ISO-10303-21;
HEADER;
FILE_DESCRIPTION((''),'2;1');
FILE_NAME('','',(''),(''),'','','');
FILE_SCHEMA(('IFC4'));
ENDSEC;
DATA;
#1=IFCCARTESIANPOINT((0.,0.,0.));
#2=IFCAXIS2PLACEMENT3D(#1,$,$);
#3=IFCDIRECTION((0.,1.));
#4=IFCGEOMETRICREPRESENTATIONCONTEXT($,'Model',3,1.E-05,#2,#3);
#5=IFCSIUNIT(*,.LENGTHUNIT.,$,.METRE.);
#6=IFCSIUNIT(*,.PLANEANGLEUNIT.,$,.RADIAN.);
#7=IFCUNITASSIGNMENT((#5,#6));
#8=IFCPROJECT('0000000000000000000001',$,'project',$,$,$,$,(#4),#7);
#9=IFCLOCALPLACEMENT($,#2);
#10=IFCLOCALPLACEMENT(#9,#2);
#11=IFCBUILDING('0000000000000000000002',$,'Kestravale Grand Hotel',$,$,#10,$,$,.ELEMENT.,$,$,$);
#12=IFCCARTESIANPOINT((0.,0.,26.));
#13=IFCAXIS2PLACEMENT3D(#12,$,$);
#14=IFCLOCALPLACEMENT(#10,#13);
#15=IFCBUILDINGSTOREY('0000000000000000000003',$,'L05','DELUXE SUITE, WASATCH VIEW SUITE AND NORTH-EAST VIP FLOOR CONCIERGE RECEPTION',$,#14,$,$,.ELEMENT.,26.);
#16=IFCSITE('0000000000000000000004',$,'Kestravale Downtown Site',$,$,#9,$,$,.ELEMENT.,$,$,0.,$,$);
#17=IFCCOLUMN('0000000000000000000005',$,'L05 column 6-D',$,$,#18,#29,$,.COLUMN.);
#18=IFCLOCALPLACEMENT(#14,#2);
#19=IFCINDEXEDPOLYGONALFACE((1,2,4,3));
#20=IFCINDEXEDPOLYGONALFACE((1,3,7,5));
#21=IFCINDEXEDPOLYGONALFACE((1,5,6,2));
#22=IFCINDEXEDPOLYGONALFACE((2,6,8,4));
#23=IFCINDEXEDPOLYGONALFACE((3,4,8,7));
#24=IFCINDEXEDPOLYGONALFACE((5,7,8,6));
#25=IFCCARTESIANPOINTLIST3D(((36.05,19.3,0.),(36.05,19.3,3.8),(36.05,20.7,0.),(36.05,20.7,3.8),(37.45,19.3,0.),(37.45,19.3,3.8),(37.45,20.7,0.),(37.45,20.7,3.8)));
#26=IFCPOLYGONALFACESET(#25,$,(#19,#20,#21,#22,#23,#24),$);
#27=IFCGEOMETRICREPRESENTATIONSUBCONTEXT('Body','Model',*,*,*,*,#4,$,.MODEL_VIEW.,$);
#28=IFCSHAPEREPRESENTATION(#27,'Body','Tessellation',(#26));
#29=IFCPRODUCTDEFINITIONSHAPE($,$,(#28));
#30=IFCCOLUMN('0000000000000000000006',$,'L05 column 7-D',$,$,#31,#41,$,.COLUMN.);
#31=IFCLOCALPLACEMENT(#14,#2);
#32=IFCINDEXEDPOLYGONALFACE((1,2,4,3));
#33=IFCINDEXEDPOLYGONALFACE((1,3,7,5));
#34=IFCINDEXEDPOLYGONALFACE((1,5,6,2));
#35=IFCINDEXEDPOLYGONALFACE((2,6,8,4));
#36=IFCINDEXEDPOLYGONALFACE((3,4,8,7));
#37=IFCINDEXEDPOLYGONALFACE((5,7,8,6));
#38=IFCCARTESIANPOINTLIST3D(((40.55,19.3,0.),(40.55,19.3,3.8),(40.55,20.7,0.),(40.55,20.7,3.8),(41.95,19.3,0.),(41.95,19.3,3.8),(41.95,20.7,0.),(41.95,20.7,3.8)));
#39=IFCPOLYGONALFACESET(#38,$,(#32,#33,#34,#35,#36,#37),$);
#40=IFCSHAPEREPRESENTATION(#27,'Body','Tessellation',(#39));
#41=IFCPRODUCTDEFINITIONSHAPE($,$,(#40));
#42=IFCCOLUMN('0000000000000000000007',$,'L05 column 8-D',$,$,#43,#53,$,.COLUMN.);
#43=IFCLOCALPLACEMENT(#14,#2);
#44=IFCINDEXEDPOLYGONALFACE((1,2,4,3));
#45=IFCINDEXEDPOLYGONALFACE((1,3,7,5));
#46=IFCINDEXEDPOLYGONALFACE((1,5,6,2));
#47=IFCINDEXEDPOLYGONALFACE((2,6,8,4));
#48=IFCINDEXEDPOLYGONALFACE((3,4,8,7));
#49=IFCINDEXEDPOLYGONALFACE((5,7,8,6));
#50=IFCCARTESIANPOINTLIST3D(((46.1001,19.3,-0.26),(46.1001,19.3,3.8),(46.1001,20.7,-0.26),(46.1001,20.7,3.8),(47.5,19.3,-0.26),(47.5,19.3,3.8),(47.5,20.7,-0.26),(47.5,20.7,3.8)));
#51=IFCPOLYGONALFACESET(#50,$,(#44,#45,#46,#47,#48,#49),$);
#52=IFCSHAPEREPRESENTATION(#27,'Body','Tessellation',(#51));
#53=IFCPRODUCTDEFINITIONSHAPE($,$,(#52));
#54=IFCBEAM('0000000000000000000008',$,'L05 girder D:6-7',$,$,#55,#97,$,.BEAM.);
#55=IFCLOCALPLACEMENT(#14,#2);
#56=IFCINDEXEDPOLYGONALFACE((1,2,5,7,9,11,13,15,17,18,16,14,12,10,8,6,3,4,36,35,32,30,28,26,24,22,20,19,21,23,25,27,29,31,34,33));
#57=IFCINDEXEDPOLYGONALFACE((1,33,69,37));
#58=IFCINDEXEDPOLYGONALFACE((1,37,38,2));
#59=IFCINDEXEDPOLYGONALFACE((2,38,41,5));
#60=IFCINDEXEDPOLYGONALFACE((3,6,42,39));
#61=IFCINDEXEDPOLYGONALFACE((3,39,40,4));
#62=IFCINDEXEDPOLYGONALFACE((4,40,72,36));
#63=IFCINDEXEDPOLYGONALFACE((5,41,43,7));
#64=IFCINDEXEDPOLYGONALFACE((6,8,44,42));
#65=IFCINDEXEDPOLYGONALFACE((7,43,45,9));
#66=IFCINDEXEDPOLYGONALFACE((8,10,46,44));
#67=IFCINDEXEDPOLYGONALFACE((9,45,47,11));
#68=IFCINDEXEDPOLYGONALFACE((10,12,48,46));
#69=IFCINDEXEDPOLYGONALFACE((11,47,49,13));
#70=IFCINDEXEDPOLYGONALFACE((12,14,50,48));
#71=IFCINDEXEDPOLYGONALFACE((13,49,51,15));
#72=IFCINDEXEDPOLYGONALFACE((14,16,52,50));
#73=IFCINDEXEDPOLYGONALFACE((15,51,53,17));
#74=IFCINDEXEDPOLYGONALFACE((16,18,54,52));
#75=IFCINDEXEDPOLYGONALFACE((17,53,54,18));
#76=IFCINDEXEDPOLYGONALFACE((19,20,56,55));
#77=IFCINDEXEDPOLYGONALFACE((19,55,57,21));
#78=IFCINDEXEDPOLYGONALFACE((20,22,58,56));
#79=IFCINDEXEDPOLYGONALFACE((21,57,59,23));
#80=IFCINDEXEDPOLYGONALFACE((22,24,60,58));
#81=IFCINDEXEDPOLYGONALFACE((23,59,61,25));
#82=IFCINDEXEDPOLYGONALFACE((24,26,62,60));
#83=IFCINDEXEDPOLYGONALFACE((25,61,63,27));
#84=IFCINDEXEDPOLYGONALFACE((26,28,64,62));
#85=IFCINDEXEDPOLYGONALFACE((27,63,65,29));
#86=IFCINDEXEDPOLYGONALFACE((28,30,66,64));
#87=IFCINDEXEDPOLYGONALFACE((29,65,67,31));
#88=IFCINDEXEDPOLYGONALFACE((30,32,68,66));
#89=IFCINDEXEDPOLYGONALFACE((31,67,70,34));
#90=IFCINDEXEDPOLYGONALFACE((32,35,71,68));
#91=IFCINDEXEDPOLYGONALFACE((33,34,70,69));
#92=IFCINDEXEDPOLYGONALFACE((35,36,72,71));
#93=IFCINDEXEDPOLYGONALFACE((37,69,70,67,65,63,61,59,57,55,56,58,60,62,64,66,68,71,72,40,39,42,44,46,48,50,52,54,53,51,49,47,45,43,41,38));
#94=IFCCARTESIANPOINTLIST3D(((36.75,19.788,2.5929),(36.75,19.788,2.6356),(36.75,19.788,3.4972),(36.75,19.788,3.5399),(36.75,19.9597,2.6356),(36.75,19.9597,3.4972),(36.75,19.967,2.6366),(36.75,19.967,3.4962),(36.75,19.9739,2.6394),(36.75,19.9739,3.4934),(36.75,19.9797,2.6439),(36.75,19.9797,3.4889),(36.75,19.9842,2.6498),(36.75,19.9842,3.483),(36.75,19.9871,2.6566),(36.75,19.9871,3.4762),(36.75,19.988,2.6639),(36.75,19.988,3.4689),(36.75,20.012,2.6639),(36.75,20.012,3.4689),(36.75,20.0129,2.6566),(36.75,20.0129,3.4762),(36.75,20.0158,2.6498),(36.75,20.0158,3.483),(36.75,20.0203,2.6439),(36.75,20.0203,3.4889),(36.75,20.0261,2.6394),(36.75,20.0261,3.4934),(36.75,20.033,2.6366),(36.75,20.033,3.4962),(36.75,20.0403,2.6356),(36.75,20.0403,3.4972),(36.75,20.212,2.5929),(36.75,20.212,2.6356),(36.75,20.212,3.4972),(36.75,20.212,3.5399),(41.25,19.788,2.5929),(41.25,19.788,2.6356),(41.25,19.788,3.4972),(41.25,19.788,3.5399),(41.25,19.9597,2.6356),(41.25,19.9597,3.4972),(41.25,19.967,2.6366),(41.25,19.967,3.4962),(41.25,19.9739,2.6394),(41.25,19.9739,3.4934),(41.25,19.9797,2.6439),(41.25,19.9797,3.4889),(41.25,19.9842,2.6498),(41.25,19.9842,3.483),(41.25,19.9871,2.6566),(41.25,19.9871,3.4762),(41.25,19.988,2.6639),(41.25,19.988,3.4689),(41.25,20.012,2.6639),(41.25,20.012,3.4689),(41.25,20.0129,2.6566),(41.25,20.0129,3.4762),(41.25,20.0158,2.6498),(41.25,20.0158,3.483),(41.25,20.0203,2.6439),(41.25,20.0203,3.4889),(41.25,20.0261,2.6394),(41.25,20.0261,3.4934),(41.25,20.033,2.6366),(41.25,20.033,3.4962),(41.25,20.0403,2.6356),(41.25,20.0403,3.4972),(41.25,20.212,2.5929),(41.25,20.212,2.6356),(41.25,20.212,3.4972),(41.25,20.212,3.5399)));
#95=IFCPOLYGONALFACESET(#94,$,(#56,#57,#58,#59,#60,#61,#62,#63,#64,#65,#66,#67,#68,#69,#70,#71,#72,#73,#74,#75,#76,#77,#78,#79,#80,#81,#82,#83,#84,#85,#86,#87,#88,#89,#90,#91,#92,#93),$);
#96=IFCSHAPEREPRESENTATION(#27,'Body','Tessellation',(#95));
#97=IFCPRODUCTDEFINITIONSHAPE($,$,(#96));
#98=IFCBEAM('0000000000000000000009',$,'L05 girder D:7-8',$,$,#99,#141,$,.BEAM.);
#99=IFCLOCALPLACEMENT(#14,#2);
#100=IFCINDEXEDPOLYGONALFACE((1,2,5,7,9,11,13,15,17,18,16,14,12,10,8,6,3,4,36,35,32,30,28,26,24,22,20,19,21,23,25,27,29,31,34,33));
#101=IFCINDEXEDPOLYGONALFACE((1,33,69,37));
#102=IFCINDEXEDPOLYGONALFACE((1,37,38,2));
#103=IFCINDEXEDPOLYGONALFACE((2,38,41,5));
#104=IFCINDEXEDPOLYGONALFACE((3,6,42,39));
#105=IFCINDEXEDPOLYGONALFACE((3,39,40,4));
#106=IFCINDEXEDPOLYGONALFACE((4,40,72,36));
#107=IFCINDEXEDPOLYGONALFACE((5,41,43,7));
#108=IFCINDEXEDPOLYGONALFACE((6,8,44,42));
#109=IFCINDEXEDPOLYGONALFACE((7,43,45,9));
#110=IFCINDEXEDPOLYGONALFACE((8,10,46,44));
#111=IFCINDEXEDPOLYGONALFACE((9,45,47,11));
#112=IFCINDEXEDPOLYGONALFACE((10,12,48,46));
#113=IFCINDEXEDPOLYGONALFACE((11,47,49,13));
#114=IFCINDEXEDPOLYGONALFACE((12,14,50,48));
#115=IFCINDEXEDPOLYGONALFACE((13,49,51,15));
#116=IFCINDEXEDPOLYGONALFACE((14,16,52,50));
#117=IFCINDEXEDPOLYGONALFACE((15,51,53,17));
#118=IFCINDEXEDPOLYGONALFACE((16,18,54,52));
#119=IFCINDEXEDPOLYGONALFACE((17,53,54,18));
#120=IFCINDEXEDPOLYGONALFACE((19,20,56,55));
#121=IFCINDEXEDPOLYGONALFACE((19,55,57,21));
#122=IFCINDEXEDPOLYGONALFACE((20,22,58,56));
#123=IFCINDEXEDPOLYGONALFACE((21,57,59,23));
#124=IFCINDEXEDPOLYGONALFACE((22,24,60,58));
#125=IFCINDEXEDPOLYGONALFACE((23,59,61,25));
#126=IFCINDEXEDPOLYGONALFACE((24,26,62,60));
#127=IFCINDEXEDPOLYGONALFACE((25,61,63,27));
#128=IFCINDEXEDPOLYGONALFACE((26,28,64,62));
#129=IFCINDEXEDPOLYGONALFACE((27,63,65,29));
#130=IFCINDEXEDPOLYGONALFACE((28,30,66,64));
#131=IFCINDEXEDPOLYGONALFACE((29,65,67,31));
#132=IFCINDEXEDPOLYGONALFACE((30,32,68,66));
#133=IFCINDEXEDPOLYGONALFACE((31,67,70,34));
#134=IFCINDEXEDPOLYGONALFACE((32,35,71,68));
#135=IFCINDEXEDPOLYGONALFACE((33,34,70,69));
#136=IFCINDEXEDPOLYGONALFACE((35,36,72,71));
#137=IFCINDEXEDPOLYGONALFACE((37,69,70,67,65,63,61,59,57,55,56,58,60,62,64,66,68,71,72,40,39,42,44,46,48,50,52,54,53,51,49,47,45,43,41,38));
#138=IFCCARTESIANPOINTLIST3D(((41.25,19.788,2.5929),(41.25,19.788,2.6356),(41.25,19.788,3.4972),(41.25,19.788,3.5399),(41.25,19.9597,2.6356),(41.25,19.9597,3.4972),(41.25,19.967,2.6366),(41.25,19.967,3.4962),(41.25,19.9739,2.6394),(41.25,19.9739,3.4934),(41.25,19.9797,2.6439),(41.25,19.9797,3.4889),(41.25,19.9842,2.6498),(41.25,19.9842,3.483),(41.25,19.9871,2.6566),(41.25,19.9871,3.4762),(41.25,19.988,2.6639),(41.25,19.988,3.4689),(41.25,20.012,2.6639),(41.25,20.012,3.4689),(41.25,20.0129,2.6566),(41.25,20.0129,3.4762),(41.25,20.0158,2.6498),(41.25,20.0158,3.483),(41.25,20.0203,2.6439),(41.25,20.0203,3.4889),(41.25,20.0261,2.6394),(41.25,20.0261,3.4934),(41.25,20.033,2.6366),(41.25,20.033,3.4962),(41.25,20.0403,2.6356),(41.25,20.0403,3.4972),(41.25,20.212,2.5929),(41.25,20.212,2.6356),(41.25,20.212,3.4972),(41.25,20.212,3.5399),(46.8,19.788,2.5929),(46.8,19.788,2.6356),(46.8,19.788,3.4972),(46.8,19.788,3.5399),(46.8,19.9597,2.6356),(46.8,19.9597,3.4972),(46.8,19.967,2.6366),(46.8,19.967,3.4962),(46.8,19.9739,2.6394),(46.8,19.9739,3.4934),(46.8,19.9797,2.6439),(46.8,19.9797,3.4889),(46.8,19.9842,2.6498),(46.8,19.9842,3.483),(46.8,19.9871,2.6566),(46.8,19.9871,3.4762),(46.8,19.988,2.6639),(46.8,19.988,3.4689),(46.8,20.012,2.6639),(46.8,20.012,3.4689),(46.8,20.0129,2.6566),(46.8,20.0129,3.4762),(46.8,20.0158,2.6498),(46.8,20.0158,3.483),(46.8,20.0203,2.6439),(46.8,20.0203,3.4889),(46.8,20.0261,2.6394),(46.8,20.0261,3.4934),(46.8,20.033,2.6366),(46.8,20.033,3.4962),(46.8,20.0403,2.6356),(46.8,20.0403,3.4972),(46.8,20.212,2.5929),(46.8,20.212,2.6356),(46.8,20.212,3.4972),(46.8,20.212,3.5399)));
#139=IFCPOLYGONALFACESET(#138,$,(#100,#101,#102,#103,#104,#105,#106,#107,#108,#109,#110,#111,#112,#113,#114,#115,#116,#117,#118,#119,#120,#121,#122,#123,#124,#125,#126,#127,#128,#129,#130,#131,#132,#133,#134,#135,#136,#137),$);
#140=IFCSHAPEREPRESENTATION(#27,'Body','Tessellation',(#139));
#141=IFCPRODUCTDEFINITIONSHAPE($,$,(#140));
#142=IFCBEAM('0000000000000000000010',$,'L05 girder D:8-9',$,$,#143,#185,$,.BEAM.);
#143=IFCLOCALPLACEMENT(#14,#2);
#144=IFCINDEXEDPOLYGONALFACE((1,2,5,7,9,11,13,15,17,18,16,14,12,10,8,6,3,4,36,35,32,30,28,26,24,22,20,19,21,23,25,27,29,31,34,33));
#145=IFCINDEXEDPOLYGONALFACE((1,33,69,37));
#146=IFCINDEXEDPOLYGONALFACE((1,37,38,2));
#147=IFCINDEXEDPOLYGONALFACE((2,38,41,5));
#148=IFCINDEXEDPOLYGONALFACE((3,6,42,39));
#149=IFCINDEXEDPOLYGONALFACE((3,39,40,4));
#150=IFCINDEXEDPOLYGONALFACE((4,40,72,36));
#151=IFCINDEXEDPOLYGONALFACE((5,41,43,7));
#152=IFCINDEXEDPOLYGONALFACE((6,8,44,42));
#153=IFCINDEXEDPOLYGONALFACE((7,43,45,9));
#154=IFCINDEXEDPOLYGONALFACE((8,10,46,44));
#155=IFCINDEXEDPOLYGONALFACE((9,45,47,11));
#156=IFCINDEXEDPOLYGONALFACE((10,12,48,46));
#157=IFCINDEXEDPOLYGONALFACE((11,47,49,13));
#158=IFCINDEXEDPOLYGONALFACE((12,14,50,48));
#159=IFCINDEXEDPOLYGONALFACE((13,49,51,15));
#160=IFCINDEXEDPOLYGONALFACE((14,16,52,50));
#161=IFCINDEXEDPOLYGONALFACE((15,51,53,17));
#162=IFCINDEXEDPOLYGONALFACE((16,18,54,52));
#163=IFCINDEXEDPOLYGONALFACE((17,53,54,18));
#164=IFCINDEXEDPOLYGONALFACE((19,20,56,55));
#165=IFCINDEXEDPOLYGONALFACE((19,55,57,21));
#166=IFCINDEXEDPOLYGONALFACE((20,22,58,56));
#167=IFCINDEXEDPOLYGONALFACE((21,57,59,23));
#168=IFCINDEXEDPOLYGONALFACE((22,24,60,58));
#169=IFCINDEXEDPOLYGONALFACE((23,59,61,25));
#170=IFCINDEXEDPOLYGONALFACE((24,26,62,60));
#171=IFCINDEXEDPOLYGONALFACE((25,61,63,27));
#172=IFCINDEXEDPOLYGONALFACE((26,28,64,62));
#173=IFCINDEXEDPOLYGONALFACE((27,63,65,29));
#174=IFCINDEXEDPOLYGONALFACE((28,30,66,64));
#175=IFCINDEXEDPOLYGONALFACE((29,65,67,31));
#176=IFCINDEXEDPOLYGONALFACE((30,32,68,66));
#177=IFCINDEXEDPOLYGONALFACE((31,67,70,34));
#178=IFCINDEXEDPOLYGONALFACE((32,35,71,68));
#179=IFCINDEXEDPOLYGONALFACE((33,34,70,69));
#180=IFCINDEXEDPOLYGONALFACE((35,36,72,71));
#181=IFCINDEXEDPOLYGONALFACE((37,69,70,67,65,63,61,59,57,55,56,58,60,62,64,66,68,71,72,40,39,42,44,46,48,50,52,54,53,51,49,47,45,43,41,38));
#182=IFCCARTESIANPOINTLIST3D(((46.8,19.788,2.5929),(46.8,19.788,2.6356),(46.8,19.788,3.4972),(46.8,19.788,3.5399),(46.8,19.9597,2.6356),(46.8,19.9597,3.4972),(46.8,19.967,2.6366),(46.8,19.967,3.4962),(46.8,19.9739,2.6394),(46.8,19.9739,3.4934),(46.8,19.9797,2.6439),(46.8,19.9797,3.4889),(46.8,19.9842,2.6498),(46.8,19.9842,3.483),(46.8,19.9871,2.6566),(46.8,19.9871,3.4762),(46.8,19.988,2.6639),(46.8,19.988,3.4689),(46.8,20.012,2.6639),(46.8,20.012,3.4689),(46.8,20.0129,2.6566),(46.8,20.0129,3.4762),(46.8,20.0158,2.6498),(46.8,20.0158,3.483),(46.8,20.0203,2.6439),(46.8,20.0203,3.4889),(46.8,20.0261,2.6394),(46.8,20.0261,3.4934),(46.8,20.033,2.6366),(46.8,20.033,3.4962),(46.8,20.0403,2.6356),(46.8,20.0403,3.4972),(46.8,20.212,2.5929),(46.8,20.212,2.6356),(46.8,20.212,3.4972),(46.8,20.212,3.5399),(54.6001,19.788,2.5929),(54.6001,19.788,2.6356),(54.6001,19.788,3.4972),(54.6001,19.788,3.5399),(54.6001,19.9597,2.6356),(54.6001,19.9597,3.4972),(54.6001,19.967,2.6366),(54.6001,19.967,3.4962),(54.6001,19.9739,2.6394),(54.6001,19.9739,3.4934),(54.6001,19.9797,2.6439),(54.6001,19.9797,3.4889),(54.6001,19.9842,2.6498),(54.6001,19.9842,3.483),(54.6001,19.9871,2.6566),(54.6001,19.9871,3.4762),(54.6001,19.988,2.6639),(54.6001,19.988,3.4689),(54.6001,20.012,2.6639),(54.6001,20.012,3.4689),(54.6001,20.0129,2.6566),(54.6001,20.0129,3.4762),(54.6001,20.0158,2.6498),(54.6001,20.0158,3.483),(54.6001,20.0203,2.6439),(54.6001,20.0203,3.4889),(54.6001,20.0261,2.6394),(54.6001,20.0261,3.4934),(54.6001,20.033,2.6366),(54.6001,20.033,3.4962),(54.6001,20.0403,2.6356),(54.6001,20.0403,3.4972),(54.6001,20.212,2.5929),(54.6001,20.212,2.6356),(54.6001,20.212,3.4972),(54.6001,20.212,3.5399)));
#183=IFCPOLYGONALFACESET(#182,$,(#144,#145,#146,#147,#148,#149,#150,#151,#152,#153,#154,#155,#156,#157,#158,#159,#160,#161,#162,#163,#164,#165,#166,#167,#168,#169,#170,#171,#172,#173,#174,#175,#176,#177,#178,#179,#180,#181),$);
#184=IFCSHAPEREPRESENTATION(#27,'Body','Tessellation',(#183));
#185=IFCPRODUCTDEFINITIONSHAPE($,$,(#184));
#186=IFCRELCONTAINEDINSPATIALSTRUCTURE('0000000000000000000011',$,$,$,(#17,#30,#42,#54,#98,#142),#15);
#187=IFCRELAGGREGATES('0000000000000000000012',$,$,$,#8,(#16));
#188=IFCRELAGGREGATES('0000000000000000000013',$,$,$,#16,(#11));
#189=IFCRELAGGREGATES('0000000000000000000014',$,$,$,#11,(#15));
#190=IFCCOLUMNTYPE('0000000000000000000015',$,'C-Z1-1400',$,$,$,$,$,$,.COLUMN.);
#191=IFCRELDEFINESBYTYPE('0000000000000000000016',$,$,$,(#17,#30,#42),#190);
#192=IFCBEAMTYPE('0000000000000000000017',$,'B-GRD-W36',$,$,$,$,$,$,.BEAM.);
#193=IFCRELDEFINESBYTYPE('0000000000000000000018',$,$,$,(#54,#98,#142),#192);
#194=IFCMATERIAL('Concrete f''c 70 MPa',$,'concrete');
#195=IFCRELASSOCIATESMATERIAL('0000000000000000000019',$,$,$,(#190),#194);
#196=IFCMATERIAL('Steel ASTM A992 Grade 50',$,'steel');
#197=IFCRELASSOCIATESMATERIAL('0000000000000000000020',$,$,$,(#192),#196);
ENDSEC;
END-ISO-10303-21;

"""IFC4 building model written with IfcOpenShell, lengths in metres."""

from ifc_helpers import new_model, si_unit, direction, frame, origin, origin_2d, place, context, subcontext, project, spatial, rectangle, i_section, extrude, material, material_profile, profile_set, type_object, element, save


model = new_model("IFC4")

# Units and contexts
model_context = context("Model", 3, precision=1e-05, world=origin(), true_north=direction((0.0, 1.0)))
body_context = subcontext(model_context, "Body", "Model", "MODEL_VIEW")
ifc_project = project(units=[si_unit("LENGTHUNIT", "METRE"), si_unit("PLANEANGLEUNIT", "RADIAN")], contexts=[model_context])

# Site, building, storey
site_placement = place(None, origin())
site = spatial("IfcSite", under=ifc_project, at=site_placement, Name="Kestravale Downtown Site", CompositionType="ELEMENT", RefElevation=0.0)
building_placement = place(site_placement, origin())
building = spatial("IfcBuilding", under=site, at=building_placement, Name="Kestravale Grand Hotel", CompositionType="ELEMENT")
storey_placement = place(building_placement, frame((0.0, 0.0, 26.0)))
storey = spatial("IfcBuildingStorey", under=building, at=storey_placement, Name="L05", Description="DELUXE SUITE, WASATCH VIEW SUITE AND NORTH-EAST VIP FLOOR CONCIERGE RECEPTION", CompositionType="ELEMENT", Elevation=26.0)

# Columns
ifc_material_1 = material(Name="Concrete f'c 70 MPa", Category="concrete")
ifc_material_profile_1 = material_profile(ifc_material_1, rectangle(XDim=1.3999, YDim=1.3999, at=origin_2d()))
ifc_profile_set_1 = profile_set([ifc_material_profile_1], Name="Concrete f'c 70 MPa")
column_type = type_object("IfcColumnType", Name="C-Z1-1400", PredefinedType="COLUMN", material=ifc_profile_set_1)
for number, where, z_axis, x_axis, name in (
    (1, (36.75, 20.0, 0.0), (0.0, 0.0, 1.0), (1.0, 0.0, 0.0), "L05 column 6-D"),
    (2, (41.25, 20.0, 0.0), (0.0, 0.0, 1.0), (1.0, 0.0, 0.0), "L05 column 7-D"),
):
    element("IfcColumn", number, at=place(storey_placement, frame(where, z_axis=z_axis, x_axis=x_axis)), inside=storey, type_object=column_type, Name=name, PredefinedType="COLUMN", context=body_context, shape_type="SweptSolid", body=[
        extrude(rectangle(XDim=1.3999, YDim=1.3999, at=origin_2d()), origin(), (0.0, 0.0, 1.0), 3.8),
    ])
column_placement = place(storey_placement, frame((46.8, 20.0, -0.26), z_axis=(0.0, 0.0, 1.0), x_axis=(1.0, 0.0, 0.0)))
element("IfcColumn", 3, at=column_placement, inside=storey, type_object=column_type, Name="L05 column 8-D", PredefinedType="COLUMN", context=body_context, shape_type="SweptSolid", body=[
    extrude(rectangle(XDim=1.3999, YDim=1.3999, at=origin_2d()), origin(), (0.0, 0.0, 1.0), 4.0601),
])

# Beams
ifc_material_2 = material(Name="Steel ASTM A992 Grade 50", Category="steel")
ifc_material_profile_2 = material_profile(ifc_material_2, i_section(OverallWidth=0.4241, OverallDepth=0.947, WebThickness=0.0239, FlangeThickness=0.0427, FilletRadius=0.0283, at=origin_2d()))
ifc_profile_set_2 = profile_set([ifc_material_profile_2], Name="Steel ASTM A992 Grade 50")
beam_type = type_object("IfcBeamType", Name="B-GRD-W36", PredefinedType="BEAM", material=ifc_profile_set_2)
beam_1_placement = place(storey_placement, frame((36.75, 20.0, 3.0664), z_axis=(1.0, 0.0, 0.0), x_axis=(0.0, 1.0, 0.0)))
element("IfcBeam", 4, at=beam_1_placement, inside=storey, type_object=beam_type, Name="L05 girder D:6-7", PredefinedType="BEAM", context=body_context, shape_type="SweptSolid", body=[
    extrude(i_section(OverallWidth=0.4241, OverallDepth=0.947, WebThickness=0.0239, FlangeThickness=0.0427, FilletRadius=0.0283, at=origin_2d()), origin(), (0.0, 0.0, 1.0), 4.5),
])
beam_2_placement = place(storey_placement, frame((41.25, 20.0, 3.0664), z_axis=(1.0, 0.0, 0.0), x_axis=(0.0, 1.0, 0.0)))
element("IfcBeam", 5, at=beam_2_placement, inside=storey, type_object=beam_type, Name="L05 girder D:7-8", PredefinedType="BEAM", context=body_context, shape_type="SweptSolid", body=[
    extrude(i_section(OverallWidth=0.4241, OverallDepth=0.947, WebThickness=0.0239, FlangeThickness=0.0427, FilletRadius=0.0283, at=origin_2d()), origin(), (0.0, 0.0, 1.0), 5.55),
])
beam_3_placement = place(storey_placement, frame((46.8, 20.0, 3.0664), z_axis=(1.0, 0.0, 0.0), x_axis=(0.0, 1.0, 0.0)))
element("IfcBeam", 6, at=beam_3_placement, inside=storey, type_object=beam_type, Name="L05 girder D:8-9", PredefinedType="BEAM", context=body_context, shape_type="SweptSolid", body=[
    extrude(i_section(OverallWidth=0.4241, OverallDepth=0.947, WebThickness=0.0239, FlangeThickness=0.0427, FilletRadius=0.0283, at=origin_2d()), origin(), (0.0, 0.0, 1.0), 7.8),
])

save(model, "model.ifc")
